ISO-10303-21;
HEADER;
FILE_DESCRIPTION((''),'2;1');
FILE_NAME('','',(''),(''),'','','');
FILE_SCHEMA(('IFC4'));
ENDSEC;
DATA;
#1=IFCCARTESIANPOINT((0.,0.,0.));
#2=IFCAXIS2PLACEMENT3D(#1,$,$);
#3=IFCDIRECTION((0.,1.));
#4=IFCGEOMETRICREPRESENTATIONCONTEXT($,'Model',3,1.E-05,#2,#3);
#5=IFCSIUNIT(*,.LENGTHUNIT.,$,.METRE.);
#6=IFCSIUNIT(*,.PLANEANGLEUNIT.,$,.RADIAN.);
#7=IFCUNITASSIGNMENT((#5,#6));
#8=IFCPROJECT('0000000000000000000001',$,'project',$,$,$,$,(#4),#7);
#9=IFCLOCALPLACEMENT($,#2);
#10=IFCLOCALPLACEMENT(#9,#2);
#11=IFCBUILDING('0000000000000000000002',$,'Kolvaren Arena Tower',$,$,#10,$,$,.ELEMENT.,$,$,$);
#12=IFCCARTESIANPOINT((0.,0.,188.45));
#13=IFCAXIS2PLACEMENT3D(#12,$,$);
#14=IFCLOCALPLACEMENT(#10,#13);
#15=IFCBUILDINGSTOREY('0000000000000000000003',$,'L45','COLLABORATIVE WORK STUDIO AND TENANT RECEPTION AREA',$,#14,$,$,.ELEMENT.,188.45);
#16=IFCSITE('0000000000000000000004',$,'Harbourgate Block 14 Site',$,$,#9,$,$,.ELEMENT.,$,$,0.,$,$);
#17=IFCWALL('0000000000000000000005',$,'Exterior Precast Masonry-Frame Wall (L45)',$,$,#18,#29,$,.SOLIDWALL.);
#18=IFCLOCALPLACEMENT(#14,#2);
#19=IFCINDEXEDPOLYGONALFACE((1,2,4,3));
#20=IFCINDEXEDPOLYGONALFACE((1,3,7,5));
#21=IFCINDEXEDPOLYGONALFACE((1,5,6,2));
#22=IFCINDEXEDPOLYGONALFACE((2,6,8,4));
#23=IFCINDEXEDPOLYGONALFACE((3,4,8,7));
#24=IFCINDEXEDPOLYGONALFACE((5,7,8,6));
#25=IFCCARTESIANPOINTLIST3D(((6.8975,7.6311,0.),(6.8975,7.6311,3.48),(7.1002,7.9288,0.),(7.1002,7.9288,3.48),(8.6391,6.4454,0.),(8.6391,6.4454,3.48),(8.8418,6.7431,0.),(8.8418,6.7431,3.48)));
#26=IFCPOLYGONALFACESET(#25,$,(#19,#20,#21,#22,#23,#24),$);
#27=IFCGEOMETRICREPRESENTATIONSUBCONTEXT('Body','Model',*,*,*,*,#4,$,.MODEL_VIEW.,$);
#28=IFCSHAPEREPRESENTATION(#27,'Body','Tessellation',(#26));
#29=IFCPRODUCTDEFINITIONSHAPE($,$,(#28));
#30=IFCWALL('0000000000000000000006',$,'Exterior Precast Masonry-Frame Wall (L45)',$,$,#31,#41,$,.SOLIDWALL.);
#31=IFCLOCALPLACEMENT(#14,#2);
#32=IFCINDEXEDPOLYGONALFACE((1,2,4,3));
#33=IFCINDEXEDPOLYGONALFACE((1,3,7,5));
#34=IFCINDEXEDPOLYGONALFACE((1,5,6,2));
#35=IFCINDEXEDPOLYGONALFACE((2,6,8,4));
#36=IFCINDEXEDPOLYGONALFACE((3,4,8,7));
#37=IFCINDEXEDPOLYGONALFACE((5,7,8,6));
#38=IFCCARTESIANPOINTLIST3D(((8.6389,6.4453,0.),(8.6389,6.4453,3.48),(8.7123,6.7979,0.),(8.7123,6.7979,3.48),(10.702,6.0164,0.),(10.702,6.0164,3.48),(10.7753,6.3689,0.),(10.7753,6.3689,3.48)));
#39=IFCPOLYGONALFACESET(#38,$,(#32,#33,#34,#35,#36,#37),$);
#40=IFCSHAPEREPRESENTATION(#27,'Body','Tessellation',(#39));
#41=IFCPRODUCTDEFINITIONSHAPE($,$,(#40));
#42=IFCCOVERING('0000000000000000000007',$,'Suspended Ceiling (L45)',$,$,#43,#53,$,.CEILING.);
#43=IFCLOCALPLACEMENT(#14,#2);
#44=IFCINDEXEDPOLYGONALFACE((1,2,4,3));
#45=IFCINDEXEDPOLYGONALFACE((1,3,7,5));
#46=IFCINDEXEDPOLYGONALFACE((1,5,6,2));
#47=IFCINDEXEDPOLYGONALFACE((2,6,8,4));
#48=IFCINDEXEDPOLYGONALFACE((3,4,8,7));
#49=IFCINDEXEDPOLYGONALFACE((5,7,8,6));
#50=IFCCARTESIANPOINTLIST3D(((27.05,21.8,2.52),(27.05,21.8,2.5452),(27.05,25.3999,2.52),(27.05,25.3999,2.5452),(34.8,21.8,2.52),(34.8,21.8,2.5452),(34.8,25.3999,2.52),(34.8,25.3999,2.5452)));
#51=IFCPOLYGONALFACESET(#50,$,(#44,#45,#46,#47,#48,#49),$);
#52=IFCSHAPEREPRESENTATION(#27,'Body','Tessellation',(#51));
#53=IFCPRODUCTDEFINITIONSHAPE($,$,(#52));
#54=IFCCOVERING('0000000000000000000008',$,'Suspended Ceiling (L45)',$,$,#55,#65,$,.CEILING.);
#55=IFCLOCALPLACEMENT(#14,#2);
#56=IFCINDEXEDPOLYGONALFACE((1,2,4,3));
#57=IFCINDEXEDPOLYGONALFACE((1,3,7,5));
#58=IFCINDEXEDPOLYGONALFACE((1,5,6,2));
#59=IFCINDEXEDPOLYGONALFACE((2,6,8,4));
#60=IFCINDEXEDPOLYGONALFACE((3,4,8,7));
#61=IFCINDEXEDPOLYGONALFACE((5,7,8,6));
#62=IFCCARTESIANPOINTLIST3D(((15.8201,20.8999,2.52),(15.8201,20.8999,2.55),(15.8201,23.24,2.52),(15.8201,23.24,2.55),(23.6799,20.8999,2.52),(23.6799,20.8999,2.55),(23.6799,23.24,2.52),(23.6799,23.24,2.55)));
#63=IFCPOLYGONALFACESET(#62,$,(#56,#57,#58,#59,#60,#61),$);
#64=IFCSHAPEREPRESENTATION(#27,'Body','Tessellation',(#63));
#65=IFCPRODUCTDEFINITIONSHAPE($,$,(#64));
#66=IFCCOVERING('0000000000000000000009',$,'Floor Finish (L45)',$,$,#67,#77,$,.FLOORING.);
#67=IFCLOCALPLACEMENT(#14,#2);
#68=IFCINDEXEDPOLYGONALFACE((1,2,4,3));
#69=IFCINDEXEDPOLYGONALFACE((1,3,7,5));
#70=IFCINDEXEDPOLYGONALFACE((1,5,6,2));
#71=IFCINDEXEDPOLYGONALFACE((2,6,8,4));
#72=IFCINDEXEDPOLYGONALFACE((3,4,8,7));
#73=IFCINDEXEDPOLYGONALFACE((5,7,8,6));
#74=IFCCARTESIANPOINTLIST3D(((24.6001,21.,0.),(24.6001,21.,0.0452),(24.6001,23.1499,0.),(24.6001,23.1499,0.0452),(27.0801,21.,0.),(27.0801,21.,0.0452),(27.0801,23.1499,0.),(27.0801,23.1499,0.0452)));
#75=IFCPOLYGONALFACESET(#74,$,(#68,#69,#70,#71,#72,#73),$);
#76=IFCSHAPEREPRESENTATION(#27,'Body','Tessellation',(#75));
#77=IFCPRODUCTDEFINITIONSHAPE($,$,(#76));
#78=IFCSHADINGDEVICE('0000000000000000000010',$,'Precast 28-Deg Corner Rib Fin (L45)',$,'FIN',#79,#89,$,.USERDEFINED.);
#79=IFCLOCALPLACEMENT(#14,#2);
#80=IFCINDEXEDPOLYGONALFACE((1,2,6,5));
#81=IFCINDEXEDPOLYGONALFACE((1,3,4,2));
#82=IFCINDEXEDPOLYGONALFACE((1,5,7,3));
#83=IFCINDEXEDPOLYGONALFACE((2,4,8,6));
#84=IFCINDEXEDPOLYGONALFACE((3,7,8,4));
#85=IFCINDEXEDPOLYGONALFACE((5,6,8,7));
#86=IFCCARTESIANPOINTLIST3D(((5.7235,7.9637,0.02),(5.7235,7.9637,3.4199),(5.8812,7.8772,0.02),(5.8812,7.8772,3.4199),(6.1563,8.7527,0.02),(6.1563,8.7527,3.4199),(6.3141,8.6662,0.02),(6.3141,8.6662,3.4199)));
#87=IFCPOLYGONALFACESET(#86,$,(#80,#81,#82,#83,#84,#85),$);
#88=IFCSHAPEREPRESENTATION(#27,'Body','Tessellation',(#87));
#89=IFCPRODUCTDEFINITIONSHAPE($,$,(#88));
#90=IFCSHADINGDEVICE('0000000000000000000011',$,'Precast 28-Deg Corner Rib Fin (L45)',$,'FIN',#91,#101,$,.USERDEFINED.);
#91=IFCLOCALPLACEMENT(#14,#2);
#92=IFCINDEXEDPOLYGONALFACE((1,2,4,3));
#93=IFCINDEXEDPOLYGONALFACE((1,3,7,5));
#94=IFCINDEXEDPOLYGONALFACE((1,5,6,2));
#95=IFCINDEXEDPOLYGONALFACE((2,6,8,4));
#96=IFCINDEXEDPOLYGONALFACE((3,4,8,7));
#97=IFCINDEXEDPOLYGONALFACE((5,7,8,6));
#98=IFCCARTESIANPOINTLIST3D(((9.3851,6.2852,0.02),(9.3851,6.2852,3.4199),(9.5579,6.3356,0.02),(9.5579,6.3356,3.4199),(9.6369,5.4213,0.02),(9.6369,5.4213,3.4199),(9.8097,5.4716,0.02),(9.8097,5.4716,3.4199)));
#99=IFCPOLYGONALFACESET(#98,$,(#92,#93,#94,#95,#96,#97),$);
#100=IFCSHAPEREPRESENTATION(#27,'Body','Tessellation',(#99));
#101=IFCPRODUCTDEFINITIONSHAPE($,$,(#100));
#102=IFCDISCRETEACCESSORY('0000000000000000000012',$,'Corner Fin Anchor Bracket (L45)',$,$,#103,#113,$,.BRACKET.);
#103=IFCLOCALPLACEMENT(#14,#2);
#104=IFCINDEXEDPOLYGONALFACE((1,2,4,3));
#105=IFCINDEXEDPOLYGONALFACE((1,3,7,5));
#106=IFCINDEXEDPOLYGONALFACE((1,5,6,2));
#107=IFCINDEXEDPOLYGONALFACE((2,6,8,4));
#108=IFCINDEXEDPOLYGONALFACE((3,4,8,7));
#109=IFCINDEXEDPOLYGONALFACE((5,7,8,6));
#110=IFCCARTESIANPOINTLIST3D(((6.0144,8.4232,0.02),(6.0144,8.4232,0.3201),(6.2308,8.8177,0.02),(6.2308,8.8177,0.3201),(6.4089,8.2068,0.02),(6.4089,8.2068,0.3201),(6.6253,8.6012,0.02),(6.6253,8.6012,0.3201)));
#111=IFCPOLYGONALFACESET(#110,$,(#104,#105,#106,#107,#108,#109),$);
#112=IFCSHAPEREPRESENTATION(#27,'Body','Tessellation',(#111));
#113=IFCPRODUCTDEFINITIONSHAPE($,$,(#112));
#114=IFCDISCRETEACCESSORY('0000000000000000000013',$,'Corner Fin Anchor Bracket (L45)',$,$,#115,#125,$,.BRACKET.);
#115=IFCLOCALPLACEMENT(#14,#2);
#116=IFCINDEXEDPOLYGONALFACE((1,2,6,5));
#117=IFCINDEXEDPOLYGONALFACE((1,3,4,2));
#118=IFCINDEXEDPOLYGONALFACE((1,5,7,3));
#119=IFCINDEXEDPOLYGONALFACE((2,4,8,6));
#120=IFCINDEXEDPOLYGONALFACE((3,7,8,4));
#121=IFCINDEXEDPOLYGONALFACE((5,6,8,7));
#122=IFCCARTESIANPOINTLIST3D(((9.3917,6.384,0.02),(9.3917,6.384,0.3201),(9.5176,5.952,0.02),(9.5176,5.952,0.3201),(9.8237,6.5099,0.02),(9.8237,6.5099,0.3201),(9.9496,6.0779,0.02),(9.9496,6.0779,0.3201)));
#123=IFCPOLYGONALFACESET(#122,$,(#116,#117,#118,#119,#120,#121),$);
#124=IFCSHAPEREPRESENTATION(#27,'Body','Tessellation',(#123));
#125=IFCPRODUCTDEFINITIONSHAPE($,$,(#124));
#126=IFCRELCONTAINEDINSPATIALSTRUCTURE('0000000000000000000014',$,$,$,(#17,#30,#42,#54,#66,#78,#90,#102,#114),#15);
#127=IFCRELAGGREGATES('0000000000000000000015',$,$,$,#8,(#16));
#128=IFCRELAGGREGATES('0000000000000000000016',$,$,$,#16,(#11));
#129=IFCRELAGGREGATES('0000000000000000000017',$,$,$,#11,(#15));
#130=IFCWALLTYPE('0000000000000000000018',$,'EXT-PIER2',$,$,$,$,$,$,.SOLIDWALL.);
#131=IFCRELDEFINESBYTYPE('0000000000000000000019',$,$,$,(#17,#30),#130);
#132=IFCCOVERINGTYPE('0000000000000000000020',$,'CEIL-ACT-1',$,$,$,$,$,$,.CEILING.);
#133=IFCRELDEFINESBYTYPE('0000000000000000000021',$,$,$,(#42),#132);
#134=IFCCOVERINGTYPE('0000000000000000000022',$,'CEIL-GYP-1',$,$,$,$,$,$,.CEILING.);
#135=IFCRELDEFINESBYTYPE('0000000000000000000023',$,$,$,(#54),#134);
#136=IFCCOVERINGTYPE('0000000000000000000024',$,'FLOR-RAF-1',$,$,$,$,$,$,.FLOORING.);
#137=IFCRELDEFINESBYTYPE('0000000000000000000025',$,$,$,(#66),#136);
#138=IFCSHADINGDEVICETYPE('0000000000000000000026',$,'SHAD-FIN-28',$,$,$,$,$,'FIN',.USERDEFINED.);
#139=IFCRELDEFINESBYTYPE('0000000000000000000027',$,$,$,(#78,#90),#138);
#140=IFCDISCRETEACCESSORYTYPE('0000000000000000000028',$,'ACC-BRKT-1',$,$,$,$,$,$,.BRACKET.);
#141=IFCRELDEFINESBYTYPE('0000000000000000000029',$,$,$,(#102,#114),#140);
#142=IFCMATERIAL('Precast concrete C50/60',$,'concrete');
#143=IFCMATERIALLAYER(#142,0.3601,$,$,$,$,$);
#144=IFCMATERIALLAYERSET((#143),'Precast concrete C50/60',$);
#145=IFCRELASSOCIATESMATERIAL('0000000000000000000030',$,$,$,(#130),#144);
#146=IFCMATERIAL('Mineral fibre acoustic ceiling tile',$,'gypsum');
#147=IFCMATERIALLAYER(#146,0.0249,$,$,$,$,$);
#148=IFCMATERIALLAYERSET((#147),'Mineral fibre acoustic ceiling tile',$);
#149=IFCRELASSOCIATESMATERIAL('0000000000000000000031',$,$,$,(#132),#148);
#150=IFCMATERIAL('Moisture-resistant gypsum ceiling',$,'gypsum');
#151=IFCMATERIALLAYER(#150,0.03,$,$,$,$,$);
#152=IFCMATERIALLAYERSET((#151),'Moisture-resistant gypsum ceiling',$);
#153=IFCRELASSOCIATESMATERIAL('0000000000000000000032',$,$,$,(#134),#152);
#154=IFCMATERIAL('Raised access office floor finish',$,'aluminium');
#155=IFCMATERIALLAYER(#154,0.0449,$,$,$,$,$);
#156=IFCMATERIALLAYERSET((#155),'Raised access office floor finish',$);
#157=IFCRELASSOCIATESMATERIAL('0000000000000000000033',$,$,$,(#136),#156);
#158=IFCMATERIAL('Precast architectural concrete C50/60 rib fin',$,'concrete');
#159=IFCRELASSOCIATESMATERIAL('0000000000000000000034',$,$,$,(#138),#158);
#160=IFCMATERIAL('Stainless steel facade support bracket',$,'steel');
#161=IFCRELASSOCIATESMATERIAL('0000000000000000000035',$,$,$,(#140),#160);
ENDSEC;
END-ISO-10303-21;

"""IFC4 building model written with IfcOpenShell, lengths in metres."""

from ifc_helpers import new_model, si_unit, direction, frame, frame_2d, origin, origin_2d, place, context, subcontext, project, spatial, polyline, rectangle, outline, extrude, material, layer, layer_set, type_object, element, save


model = new_model("IFC4")

# Units and contexts
model_context = context("Model", 3, precision=1e-05, world=origin(), true_north=direction((0.0, 1.0)))
body_context = subcontext(model_context, "Body", "Model", "MODEL_VIEW")
ifc_project = project(units=[si_unit("LENGTHUNIT", "METRE"), si_unit("PLANEANGLEUNIT", "RADIAN")], contexts=[model_context])

# Site, building, storey
site_placement = place(None, origin())
site = spatial("IfcSite", under=ifc_project, at=site_placement, Name="Harbourgate Block 14 Site", CompositionType="ELEMENT", RefElevation=0.0)
building_placement = place(site_placement, origin())
building = spatial("IfcBuilding", under=site, at=building_placement, Name="Kolvaren Arena Tower", CompositionType="ELEMENT")
storey_placement = place(building_placement, frame((0.0, 0.0, 188.45)))
storey = spatial("IfcBuildingStorey", under=building, at=storey_placement, Name="L45", Description="COLLABORATIVE WORK STUDIO AND TENANT RECEPTION AREA", CompositionType="ELEMENT", Elevation=188.45)

# Walls
ifc_material_1 = material(Name="Precast concrete C50/60", Category="concrete")
ifc_layer_1 = layer(ifc_material_1, 0.3601)
ifc_layer_set_1 = layer_set([ifc_layer_1], Name="Precast concrete C50/60")
wall_type = type_object("IfcWallType", Name="EXT-PIER2", PredefinedType="SOLIDWALL", material=ifc_layer_set_1)
for number, where, z_axis, x_axis, name in (
    (1, (8.7405, 6.5942, 0.0), (0.0, 0.0, 1.0), (-0.82661, 0.562776, 0.0), "Exterior Precast Masonry-Frame Wall (L45)"),
):
    element("IfcWall", number, at=place(storey_placement, frame(where, z_axis=z_axis, x_axis=x_axis)), inside=storey, type_object=wall_type, Name=name, PredefinedType="SOLIDWALL", context=body_context, shape_type="SweptSolid", body=[
        extrude(rectangle(XDim=2.1069, YDim=0.3601, at=frame_2d((1.0535, 0.0))), origin(), (0.0, 0.0, 1.0), 3.48),
    ])
wall_placement = place(storey_placement, frame((10.7388, 6.1926, 0.0), z_axis=(0.0, 0.0, 1.0), x_axis=(-0.979059, 0.203575, 0.0)))
element("IfcWall", 2, at=wall_placement, inside=storey, type_object=wall_type, Name="Exterior Precast Masonry-Frame Wall (L45)", PredefinedType="SOLIDWALL", context=body_context, shape_type="SweptSolid", body=[
    extrude(rectangle(XDim=2.1072, YDim=0.3601, at=frame_2d((1.0537, 0.0))), origin(), (0.0, 0.0, 1.0), 3.48),
])

# Coverings
ifc_material_2 = material(Name="Mineral fibre acoustic ceiling tile", Category="gypsum")
ifc_layer_2 = layer(ifc_material_2, 0.0249)
ifc_layer_set_2 = layer_set([ifc_layer_2], Name="Mineral fibre acoustic ceiling tile")
covering_type_1 = type_object("IfcCoveringType", Name="CEIL-ACT-1", PredefinedType="CEILING", material=ifc_layer_set_2)
covering_1_placement = place(storey_placement, frame((0.0, 0.0, 2.52)))
element("IfcCovering", 3, at=covering_1_placement, inside=storey, type_object=covering_type_1, Name="Suspended Ceiling (L45)", PredefinedType="CEILING", context=body_context, shape_type="SweptSolid", body=[
    extrude(outline(polyline([(27.05, 21.8), (27.05, 25.3999), (34.8, 25.3999), (34.8, 21.8), (27.05, 21.8)])), origin(), (0.0, 0.0, 1.0), 0.0251),
])
ifc_material_3 = material(Name="Moisture-resistant gypsum ceiling", Category="gypsum")
ifc_layer_3 = layer(ifc_material_3, 0.03)
ifc_layer_set_3 = layer_set([ifc_layer_3], Name="Moisture-resistant gypsum ceiling")
covering_type_2 = type_object("IfcCoveringType", Name="CEIL-GYP-1", PredefinedType="CEILING", material=ifc_layer_set_3)
covering_2_placement = place(storey_placement, frame((0.0, 0.0, 2.52)))
element("IfcCovering", 4, at=covering_2_placement, inside=storey, type_object=covering_type_2, Name="Suspended Ceiling (L45)", PredefinedType="CEILING", context=body_context, shape_type="SweptSolid", body=[
    extrude(outline(polyline([(15.8201, 20.8999), (15.8201, 23.24), (23.6799, 23.24), (23.6799, 20.8999), (15.8201, 20.8999)])), origin(), (0.0, 0.0, 1.0), 0.03),
])
ifc_material_4 = material(Name="Raised access office floor finish", Category="aluminium")
ifc_layer_4 = layer(ifc_material_4, 0.0449)
ifc_layer_set_4 = layer_set([ifc_layer_4], Name="Raised access office floor finish")
covering_type_3 = type_object("IfcCoveringType", Name="FLOR-RAF-1", PredefinedType="FLOORING", material=ifc_layer_set_4)
covering_3_placement = place(storey_placement, origin())
element("IfcCovering", 5, at=covering_3_placement, inside=storey, type_object=covering_type_3, Name="Floor Finish (L45)", PredefinedType="FLOORING", context=body_context, shape_type="SweptSolid", body=[
    extrude(outline(polyline([(24.6001, 21.0), (24.6001, 23.1499), (27.0801, 23.1499), (27.0801, 21.0), (24.6001, 21.0)])), origin(), (0.0, 0.0, 1.0), 0.0452),
])

# Shading devices
ifc_material_5 = material(Name="Precast architectural concrete C50/60 rib fin", Category="concrete")
shading_device_type = type_object("IfcShadingDeviceType", Name="SHAD-FIN-28", ElementType="FIN", PredefinedType="USERDEFINED", material=ifc_material_5)
for number, where, z_axis, x_axis, name in (
    (6, (6.0188, 8.3149, 0.02), (0.0, 0.0, 1.0), (-0.480995, -0.876723, 0.0), "Precast 28-Deg Corner Rib Fin (L45)"),
    (7, (9.5974, 5.8784, 0.02), (0.0, 0.0, 1.0), (0.279812, -0.960055, 0.0), "Precast 28-Deg Corner Rib Fin (L45)"),
):
    element("IfcShadingDevice", number, at=place(storey_placement, frame(where, z_axis=z_axis, x_axis=x_axis)), inside=storey, type_object=shading_device_type, Name=name, ObjectType="FIN", PredefinedType="USERDEFINED", context=body_context, shape_type="SweptSolid", body=[
        extrude(rectangle(XDim=0.8999, YDim=0.1799, at=origin_2d()), origin(), (0.0, 0.0, 1.0), 3.3999),
    ])

# Discrete accessories
ifc_material_6 = material(Name="Stainless steel facade support bracket", Category="steel")
discrete_accessory_type = type_object("IfcDiscreteAccessoryType", Name="ACC-BRKT-1", PredefinedType="BRACKET", material=ifc_material_6)
for number, where, z_axis, x_axis, name in (
    (8, (6.3198, 8.5122, 0.02), (0.0, 0.0, 1.0), (-0.480995, -0.876723, 0.0), "Corner Fin Anchor Bracket (L45)"),
    (9, (9.6707, 6.231, 0.02), (0.0, 0.0, 1.0), (0.279812, -0.960055, 0.0), "Corner Fin Anchor Bracket (L45)"),
):
    element("IfcDiscreteAccessory", number, at=place(storey_placement, frame(where, z_axis=z_axis, x_axis=x_axis)), inside=storey, type_object=discrete_accessory_type, Name=name, PredefinedType="BRACKET", context=body_context, shape_type="SweptSolid", body=[
        extrude(rectangle(XDim=0.45, YDim=0.45, at=origin_2d()), origin(), (0.0, 0.0, 1.0), 0.3),
    ])

save(model, "model.ifc")
